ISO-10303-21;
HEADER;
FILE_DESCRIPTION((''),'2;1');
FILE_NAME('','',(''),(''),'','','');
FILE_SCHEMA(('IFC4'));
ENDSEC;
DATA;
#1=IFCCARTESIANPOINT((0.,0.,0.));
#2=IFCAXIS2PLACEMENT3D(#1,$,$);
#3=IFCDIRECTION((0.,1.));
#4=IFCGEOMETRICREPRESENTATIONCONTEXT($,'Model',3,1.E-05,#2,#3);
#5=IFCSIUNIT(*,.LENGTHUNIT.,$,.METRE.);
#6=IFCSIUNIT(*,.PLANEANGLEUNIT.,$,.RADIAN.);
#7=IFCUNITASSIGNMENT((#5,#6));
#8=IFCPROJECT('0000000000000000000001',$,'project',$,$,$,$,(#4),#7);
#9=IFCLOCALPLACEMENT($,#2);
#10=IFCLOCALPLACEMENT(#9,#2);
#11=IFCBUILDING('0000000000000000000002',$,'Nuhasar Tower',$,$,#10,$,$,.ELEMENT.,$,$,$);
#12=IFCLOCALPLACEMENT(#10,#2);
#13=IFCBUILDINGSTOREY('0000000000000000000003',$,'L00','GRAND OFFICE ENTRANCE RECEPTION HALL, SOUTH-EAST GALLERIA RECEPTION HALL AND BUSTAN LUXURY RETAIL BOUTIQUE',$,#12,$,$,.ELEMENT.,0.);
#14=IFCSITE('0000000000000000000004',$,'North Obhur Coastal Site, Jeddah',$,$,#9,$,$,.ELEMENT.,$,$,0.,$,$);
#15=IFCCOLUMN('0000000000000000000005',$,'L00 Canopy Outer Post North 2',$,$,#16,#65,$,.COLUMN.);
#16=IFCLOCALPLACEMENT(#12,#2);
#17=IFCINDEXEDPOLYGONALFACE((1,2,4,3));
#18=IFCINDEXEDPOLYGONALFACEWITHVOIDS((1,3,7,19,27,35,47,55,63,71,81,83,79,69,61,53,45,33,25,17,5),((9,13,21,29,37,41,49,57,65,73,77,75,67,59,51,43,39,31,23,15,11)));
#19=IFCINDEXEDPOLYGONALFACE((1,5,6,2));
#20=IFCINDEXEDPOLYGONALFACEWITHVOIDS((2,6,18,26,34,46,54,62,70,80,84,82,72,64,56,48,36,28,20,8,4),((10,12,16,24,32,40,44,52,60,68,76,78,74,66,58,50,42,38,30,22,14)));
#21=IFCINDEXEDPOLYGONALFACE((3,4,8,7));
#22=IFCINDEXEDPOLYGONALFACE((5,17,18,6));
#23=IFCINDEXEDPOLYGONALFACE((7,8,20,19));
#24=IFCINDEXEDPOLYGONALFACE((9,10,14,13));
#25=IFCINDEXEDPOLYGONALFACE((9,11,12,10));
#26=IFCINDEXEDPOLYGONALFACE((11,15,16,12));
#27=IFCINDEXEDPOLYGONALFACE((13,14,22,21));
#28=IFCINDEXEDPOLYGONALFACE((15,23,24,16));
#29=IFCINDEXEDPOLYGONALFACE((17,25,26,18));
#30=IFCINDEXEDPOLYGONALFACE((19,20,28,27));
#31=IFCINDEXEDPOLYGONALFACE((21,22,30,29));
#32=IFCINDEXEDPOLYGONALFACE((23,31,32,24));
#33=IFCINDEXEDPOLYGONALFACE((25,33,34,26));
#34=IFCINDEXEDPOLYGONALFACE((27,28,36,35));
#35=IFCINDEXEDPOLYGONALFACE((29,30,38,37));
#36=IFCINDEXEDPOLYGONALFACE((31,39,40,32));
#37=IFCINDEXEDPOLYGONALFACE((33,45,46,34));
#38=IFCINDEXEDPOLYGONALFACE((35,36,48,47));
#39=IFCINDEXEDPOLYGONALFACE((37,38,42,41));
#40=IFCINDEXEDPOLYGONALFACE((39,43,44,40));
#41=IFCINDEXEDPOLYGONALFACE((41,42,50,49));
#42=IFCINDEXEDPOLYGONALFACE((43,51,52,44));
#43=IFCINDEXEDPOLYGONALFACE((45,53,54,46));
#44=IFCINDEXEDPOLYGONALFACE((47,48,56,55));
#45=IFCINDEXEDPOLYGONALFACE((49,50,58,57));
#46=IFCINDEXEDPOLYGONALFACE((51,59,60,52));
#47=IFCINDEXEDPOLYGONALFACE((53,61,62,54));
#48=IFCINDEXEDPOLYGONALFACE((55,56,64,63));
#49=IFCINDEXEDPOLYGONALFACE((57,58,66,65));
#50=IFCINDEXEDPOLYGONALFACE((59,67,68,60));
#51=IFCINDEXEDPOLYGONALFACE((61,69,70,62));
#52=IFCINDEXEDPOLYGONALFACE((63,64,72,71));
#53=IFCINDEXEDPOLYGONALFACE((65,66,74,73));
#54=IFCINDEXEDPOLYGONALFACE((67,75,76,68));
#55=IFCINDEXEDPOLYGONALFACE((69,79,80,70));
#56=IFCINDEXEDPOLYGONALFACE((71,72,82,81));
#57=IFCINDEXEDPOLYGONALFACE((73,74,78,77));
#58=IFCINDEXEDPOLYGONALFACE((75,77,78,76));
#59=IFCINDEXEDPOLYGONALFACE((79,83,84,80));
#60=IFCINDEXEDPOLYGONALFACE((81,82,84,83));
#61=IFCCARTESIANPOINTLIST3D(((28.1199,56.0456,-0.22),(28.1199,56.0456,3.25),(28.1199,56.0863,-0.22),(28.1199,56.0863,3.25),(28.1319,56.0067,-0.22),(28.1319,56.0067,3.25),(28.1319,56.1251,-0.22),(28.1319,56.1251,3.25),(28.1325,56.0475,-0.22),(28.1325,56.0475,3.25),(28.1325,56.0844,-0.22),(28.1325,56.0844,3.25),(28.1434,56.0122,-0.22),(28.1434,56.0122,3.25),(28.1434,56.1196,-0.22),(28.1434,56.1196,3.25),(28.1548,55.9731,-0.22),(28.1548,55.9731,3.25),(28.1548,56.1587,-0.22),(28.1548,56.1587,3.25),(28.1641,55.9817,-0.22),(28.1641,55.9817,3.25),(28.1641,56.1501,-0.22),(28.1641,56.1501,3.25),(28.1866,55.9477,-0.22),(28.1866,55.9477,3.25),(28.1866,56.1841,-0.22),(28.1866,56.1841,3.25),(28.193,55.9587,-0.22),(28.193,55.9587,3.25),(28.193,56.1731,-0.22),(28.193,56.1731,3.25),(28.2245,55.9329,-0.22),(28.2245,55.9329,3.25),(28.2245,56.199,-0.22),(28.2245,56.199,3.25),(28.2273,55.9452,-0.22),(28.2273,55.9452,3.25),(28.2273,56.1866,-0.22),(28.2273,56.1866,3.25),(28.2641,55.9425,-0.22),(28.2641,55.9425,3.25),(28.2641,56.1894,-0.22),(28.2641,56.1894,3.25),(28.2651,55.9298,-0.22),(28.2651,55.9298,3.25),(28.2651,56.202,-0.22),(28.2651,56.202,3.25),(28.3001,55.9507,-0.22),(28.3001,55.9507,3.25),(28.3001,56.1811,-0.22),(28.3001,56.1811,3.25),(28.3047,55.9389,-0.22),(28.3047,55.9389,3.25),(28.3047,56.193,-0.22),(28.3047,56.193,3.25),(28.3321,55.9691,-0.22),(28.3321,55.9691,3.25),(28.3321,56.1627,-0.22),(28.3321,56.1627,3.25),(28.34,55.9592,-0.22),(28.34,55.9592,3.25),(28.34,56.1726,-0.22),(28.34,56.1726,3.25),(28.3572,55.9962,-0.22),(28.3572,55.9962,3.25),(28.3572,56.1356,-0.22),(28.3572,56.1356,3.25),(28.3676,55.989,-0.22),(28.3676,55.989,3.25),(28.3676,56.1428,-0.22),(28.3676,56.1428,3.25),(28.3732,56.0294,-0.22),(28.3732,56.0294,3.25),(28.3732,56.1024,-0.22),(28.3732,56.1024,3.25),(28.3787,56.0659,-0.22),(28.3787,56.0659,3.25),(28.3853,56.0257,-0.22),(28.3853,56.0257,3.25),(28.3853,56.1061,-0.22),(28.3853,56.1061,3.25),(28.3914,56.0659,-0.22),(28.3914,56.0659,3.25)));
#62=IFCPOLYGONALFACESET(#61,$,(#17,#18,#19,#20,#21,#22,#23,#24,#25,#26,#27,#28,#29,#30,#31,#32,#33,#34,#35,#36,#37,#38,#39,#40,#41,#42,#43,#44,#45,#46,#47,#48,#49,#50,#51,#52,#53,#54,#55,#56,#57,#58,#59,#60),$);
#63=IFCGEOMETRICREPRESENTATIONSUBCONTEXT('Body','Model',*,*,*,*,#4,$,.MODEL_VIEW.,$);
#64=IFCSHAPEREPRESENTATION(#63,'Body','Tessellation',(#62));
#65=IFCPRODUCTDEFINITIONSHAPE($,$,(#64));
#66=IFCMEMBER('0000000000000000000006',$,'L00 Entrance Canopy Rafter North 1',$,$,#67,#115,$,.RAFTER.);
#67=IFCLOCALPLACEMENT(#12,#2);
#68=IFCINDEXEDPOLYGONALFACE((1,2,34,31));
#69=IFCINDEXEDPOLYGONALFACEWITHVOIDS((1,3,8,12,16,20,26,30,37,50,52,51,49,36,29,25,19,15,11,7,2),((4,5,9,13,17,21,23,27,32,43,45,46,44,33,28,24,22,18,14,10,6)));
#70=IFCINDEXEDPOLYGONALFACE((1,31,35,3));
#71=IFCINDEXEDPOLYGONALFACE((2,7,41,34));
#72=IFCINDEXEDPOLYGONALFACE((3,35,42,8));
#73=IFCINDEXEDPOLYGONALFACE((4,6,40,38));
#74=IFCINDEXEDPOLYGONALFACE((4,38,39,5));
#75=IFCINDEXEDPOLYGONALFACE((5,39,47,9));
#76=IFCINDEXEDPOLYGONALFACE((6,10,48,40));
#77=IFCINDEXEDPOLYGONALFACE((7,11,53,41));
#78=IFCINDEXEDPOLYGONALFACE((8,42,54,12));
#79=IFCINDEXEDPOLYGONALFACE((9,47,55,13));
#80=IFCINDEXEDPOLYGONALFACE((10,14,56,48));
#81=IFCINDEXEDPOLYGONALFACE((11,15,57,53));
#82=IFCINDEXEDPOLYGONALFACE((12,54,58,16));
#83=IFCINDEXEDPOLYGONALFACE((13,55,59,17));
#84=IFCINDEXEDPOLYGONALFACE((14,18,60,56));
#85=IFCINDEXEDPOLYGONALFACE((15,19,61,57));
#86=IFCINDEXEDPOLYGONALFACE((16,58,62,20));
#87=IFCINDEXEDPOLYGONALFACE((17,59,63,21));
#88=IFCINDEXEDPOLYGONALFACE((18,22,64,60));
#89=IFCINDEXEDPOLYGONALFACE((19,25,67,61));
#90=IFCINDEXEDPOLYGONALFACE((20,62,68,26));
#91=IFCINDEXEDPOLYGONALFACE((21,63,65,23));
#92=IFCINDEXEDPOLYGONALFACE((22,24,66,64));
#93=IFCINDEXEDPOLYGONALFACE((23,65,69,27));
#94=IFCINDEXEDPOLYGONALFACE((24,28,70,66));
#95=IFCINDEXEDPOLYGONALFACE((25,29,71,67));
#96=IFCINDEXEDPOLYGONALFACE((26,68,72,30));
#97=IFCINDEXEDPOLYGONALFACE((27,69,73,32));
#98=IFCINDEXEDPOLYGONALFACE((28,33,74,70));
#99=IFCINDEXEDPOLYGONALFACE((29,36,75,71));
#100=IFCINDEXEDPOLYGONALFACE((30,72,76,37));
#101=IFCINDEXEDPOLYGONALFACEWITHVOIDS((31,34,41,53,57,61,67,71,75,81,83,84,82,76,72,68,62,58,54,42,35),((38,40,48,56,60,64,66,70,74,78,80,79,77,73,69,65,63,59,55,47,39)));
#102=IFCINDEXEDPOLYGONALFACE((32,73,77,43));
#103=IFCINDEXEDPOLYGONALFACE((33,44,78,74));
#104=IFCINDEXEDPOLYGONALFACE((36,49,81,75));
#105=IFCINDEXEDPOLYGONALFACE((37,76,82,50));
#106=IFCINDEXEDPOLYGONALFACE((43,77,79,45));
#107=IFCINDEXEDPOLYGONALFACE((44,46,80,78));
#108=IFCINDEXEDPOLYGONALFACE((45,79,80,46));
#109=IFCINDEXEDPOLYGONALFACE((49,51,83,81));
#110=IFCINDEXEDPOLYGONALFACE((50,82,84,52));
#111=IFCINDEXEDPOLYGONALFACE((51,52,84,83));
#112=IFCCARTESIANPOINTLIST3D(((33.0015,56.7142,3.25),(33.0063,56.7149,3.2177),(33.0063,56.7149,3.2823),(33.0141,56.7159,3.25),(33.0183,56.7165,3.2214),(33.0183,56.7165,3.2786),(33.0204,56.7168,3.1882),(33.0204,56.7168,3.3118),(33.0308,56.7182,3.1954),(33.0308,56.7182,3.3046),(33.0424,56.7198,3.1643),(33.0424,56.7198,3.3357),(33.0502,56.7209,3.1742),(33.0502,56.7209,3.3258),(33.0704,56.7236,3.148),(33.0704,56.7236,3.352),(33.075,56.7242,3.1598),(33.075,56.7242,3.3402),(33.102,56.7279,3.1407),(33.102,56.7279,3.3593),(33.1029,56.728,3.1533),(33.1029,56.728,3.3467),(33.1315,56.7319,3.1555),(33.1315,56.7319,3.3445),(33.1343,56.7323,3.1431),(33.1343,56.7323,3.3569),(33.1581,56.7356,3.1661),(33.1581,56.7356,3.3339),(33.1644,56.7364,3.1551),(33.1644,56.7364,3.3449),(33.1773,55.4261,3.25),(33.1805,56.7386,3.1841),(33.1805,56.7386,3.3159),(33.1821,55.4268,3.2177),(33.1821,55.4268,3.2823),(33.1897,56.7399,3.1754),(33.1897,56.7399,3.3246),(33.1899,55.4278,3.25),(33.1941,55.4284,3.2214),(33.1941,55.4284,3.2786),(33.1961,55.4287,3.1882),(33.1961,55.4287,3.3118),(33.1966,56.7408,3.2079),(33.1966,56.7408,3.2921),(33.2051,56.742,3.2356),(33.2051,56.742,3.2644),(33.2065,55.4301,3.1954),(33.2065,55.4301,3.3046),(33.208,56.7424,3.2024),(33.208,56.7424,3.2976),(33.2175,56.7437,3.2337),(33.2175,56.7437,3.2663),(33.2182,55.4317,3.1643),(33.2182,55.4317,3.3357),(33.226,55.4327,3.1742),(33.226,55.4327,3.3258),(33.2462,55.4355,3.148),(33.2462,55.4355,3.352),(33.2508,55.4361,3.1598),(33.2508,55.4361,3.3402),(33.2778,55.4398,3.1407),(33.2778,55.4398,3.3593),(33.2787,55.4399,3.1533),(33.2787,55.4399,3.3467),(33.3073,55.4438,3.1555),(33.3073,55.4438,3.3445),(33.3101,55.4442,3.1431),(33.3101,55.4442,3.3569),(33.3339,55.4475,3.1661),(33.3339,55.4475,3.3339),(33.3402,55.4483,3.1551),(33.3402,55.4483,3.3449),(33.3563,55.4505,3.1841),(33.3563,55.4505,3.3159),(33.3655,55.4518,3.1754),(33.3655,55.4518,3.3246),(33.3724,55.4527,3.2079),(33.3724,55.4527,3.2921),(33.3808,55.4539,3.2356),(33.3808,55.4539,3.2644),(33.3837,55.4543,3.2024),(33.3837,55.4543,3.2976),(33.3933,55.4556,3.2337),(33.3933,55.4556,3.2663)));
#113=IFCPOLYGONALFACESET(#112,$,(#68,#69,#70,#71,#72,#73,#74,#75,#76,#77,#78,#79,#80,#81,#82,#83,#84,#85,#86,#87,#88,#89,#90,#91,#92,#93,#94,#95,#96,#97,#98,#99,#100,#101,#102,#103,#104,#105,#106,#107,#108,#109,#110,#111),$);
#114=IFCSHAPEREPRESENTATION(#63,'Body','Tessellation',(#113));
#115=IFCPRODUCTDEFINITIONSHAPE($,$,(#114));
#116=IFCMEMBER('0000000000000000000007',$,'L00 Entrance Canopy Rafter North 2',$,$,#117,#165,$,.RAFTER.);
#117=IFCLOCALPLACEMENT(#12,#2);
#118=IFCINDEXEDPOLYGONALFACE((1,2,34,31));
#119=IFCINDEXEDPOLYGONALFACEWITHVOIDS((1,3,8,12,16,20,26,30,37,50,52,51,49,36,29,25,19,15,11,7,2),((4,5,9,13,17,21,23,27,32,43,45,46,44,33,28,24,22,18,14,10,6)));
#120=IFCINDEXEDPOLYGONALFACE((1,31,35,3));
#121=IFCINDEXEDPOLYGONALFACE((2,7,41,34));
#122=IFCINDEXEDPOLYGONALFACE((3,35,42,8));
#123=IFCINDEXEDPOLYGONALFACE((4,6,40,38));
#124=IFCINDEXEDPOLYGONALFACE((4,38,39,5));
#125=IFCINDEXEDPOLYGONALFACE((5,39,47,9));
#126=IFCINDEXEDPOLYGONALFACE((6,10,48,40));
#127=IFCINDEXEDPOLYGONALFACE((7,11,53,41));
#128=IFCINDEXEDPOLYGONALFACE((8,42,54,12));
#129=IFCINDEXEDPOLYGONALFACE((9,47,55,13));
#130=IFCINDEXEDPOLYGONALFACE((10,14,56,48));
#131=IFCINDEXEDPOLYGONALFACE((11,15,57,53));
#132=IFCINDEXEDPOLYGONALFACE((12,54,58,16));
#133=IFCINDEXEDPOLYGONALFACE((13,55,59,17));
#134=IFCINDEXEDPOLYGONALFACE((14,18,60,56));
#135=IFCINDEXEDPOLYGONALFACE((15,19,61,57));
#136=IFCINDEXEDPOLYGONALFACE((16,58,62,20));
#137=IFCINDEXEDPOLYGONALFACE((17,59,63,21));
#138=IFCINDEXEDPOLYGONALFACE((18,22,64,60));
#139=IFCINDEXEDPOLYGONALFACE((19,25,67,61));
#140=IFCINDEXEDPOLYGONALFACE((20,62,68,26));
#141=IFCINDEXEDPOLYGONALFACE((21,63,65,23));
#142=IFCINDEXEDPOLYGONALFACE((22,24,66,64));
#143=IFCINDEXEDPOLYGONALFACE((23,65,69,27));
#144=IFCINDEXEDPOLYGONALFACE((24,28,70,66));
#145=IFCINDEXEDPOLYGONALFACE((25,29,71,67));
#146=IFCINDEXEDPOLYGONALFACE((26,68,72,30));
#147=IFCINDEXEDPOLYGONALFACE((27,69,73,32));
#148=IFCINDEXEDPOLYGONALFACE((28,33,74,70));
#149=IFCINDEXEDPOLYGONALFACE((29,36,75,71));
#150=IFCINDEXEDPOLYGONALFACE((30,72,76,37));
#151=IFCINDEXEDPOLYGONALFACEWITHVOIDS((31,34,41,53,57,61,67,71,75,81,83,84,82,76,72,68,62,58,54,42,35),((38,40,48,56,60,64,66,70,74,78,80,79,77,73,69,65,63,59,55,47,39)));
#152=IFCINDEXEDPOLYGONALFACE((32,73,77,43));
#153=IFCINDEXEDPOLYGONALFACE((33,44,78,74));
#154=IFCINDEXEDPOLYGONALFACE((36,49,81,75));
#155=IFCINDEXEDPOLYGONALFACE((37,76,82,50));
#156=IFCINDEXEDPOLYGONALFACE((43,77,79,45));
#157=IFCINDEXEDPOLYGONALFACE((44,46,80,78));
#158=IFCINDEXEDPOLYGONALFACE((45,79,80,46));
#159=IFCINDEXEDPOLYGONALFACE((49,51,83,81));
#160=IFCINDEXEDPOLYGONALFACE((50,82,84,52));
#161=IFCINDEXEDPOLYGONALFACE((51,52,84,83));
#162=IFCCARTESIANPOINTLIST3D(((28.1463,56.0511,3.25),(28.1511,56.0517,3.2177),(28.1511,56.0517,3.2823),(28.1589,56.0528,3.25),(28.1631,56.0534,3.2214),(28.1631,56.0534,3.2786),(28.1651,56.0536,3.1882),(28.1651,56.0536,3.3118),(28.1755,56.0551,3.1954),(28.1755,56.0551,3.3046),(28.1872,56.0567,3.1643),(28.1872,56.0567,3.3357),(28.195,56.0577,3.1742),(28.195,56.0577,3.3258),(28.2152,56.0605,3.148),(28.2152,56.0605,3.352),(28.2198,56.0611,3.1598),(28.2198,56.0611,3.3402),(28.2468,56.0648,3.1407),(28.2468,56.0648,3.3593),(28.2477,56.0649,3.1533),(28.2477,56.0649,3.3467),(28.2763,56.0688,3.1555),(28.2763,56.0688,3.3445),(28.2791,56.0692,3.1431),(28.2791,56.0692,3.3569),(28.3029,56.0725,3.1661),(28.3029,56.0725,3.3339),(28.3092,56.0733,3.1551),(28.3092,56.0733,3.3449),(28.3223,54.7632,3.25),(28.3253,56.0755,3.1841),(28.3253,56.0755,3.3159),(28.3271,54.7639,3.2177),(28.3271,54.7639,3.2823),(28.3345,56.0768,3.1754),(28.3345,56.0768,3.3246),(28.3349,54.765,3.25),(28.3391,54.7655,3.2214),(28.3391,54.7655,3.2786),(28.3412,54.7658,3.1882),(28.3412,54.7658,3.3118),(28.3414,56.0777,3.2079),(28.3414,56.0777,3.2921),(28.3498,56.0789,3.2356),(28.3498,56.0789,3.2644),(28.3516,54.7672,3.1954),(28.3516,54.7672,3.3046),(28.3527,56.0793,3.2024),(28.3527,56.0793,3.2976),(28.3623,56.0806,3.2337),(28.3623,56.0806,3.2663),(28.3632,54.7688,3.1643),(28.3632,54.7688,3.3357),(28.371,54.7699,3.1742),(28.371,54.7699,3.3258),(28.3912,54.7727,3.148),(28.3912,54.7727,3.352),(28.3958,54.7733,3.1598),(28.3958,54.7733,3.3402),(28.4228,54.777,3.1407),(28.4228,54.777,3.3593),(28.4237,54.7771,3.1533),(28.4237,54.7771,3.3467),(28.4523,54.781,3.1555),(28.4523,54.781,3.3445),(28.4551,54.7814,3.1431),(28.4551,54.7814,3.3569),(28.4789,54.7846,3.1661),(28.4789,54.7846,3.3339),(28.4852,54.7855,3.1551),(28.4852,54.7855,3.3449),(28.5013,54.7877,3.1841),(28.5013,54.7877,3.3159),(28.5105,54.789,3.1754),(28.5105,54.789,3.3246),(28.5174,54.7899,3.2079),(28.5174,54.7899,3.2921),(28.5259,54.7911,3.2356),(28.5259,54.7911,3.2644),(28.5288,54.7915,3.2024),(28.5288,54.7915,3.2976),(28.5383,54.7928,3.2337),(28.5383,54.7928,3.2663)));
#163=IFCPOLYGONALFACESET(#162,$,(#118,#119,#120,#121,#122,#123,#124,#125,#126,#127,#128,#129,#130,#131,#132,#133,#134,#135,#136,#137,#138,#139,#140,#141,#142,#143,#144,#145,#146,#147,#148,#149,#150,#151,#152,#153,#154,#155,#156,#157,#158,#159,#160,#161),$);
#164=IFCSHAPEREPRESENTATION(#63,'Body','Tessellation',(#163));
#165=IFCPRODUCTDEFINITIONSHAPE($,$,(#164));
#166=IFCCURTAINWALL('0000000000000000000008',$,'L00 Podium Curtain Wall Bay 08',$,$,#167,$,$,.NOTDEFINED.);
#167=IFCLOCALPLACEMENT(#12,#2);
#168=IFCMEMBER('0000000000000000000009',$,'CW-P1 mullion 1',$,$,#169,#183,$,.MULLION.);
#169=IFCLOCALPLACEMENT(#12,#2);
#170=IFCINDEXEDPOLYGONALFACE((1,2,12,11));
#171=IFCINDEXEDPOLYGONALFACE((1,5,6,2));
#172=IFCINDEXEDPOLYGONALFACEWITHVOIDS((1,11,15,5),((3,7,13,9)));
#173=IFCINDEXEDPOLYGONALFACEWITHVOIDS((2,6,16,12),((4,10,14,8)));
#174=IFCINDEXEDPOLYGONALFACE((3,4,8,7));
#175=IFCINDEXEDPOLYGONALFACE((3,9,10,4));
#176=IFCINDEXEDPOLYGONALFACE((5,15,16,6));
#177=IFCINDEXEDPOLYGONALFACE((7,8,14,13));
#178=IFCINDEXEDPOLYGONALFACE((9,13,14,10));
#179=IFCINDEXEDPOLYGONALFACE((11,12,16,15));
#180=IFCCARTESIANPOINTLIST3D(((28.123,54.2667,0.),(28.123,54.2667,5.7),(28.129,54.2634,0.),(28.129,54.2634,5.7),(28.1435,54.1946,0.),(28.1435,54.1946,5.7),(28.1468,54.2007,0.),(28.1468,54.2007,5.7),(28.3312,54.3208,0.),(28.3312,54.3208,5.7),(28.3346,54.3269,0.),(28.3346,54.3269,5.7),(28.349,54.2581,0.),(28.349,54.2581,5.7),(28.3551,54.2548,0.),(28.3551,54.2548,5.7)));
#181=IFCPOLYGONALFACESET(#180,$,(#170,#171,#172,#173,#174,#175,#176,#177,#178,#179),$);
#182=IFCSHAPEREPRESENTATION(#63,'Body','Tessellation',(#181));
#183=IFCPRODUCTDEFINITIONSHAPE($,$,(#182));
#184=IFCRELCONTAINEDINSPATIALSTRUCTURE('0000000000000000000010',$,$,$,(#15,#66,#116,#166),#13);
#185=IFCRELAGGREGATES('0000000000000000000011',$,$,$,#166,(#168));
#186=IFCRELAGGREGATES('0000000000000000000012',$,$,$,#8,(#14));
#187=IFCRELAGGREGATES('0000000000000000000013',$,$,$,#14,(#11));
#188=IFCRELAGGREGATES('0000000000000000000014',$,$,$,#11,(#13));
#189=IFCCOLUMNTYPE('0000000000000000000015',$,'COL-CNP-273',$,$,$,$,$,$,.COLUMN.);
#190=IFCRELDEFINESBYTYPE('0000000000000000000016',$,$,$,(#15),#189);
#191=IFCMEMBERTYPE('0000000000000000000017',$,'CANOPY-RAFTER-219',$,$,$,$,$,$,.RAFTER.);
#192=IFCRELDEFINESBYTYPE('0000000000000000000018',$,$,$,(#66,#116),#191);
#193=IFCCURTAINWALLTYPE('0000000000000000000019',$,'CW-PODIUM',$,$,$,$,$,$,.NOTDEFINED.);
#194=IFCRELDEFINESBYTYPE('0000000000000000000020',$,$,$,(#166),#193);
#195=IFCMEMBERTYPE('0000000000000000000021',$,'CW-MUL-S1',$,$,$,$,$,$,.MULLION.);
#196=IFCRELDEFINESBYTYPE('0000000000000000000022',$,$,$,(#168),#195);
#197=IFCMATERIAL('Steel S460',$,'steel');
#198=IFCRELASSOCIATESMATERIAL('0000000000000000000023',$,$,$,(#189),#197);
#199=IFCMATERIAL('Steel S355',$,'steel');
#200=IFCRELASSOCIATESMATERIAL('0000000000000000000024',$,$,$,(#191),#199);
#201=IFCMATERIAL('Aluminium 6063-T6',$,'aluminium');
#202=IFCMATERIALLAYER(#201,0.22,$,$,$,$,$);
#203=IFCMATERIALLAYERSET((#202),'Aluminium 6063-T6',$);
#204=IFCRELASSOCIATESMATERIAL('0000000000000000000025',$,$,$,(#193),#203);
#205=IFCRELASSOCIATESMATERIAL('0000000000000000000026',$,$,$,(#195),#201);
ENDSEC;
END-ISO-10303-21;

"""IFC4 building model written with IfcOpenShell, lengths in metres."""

from ifc_helpers import new_model, si_unit, direction, frame, origin, origin_2d, place, context, subcontext, project, spatial, hollow_rectangle, hollow_circle, extrude, material, layer, layer_set, material_profile, profile_set, type_object, element, aggregate, save


model = new_model("IFC4")

# Units and contexts
model_context = context("Model", 3, precision=1e-05, world=origin(), true_north=direction((0.0, 1.0)))
body_context = subcontext(model_context, "Body", "Model", "MODEL_VIEW")
ifc_project = project(units=[si_unit("LENGTHUNIT", "METRE"), si_unit("PLANEANGLEUNIT", "RADIAN")], contexts=[model_context])

# Site, building, storey
site_placement = place(None, origin())
site = spatial("IfcSite", under=ifc_project, at=site_placement, Name="North Obhur Coastal Site, Jeddah", CompositionType="ELEMENT", RefElevation=0.0)
building_placement = place(site_placement, origin())
building = spatial("IfcBuilding", under=site, at=building_placement, Name="Nuhasar Tower", CompositionType="ELEMENT")
storey_placement = place(building_placement, origin())
storey = spatial("IfcBuildingStorey", under=building, at=storey_placement, Name="L00", Description="GRAND OFFICE ENTRANCE RECEPTION HALL, SOUTH-EAST GALLERIA RECEPTION HALL AND BUSTAN LUXURY RETAIL BOUTIQUE", CompositionType="ELEMENT", Elevation=0.0)

# Column
ifc_material_1 = material(Name="Steel S460", Category="steel")
ifc_material_profile_1 = material_profile(ifc_material_1, hollow_circle(Radius=0.1365, WallThickness=0.0127, at=origin_2d()), Name="HSS273.1X12.7")
ifc_profile_set_1 = profile_set([ifc_material_profile_1], Name="Steel S460")
column_type = type_object("IfcColumnType", Name="COL-CNP-273", PredefinedType="COLUMN", material=ifc_profile_set_1)
for number, where, z_axis, x_axis, name in (
    (1, (28.2549, 56.0659, -0.22), (0.0, 0.0, 1.0), (1.0, 0.0, 0.0), "L00 Canopy Outer Post North 2"),
):
    element("IfcColumn", number, at=place(storey_placement, frame(where, z_axis=z_axis, x_axis=x_axis)), inside=storey, type_object=column_type, Name=name, PredefinedType="COLUMN", context=body_context, shape_type="SweptSolid", body=[
        extrude(hollow_circle(Radius=0.1365, WallThickness=0.0127, at=origin_2d()), origin(), (0.0, 0.0, 1.0), 3.47),
    ])

# Members
ifc_material_2 = material(Name="Steel S355", Category="steel")
ifc_material_profile_2 = material_profile(ifc_material_2, hollow_circle(Radius=0.1096, WallThickness=0.0127, at=origin_2d()), Name="HSS219.1X12.7")
ifc_profile_set_2 = profile_set([ifc_material_profile_2], Name="Steel S355")
member_type_1 = type_object("IfcMemberType", Name="CANOPY-RAFTER-219", PredefinedType="RAFTER", material=ifc_profile_set_2)
member_1_placement = place(storey_placement, frame((33.2859, 55.4409, 3.25), z_axis=(-0.135214, 0.990816, 0.0), x_axis=(-0.990816, -0.135214, 0.0)))
element("IfcMember", 2, at=member_1_placement, inside=storey, type_object=member_type_1, Name="L00 Entrance Canopy Rafter North 1", PredefinedType="RAFTER", context=body_context, shape_type="SweptSolid", body=[
    extrude(hollow_circle(Radius=0.1096, WallThickness=0.0127, at=origin_2d()), origin(), (0.0, 0.0, 1.0), 1.3),
])
member_2_placement = place(storey_placement, frame((28.4309, 54.7781, 3.25), z_axis=(-0.135423, 0.990788, 0.0), x_axis=(-0.990788, -0.135423, 0.0)))
element("IfcMember", 3, at=member_2_placement, inside=storey, type_object=member_type_1, Name="L00 Entrance Canopy Rafter North 2", PredefinedType="RAFTER", context=body_context, shape_type="SweptSolid", body=[
    extrude(hollow_circle(Radius=0.1096, WallThickness=0.0127, at=origin_2d()), origin(), (0.0, 0.0, 1.0), 1.2998),
])

# Curtain wall, member
ifc_material_3 = material(Name="Aluminium 6063-T6", Category="aluminium")
ifc_layer_1 = layer(ifc_material_3, 0.22)
ifc_layer_set_1 = layer_set([ifc_layer_1], Name="Aluminium 6063-T6")
curtain_wall_type = type_object("IfcCurtainWallType", Name="CW-PODIUM", PredefinedType="NOTDEFINED", material=ifc_layer_set_1)
curtain_wall_placement = place(storey_placement, origin())
curtain_wall = element("IfcCurtainWall", 4, at=curtain_wall_placement, inside=storey, type_object=curtain_wall_type, Name="L00 Podium Curtain Wall Bay 08", PredefinedType="NOTDEFINED")
ifc_material_profile_3 = material_profile(ifc_material_3, hollow_rectangle(XDim=0.075, YDim=0.22, WallThickness=0.0049, at=origin_2d()), Name="CWM-1")
ifc_profile_set_3 = profile_set([ifc_material_profile_3], Name="Aluminium 6063-T6")
member_type_2 = type_object("IfcMemberType", Name="CW-MUL-S1", PredefinedType="MULLION", material=ifc_profile_set_3)
member_3_placement = place(storey_placement, frame((28.239, 54.2607, 0.0), z_axis=(0.0, 0.0, 1.0), x_axis=(0.273412, -0.961897, 0.0)))
member_3 = element("IfcMember", 5, at=member_3_placement, type_object=member_type_2, Name="CW-P1 mullion 1", PredefinedType="MULLION", context=body_context, shape_type="SweptSolid", body=[
    extrude(hollow_rectangle(XDim=0.075, YDim=0.22, WallThickness=0.0049, at=origin_2d()), origin(), (0.0, 0.0, 1.0), 5.7),
])
aggregate(curtain_wall, [member_3])

save(model, "model.ifc")
